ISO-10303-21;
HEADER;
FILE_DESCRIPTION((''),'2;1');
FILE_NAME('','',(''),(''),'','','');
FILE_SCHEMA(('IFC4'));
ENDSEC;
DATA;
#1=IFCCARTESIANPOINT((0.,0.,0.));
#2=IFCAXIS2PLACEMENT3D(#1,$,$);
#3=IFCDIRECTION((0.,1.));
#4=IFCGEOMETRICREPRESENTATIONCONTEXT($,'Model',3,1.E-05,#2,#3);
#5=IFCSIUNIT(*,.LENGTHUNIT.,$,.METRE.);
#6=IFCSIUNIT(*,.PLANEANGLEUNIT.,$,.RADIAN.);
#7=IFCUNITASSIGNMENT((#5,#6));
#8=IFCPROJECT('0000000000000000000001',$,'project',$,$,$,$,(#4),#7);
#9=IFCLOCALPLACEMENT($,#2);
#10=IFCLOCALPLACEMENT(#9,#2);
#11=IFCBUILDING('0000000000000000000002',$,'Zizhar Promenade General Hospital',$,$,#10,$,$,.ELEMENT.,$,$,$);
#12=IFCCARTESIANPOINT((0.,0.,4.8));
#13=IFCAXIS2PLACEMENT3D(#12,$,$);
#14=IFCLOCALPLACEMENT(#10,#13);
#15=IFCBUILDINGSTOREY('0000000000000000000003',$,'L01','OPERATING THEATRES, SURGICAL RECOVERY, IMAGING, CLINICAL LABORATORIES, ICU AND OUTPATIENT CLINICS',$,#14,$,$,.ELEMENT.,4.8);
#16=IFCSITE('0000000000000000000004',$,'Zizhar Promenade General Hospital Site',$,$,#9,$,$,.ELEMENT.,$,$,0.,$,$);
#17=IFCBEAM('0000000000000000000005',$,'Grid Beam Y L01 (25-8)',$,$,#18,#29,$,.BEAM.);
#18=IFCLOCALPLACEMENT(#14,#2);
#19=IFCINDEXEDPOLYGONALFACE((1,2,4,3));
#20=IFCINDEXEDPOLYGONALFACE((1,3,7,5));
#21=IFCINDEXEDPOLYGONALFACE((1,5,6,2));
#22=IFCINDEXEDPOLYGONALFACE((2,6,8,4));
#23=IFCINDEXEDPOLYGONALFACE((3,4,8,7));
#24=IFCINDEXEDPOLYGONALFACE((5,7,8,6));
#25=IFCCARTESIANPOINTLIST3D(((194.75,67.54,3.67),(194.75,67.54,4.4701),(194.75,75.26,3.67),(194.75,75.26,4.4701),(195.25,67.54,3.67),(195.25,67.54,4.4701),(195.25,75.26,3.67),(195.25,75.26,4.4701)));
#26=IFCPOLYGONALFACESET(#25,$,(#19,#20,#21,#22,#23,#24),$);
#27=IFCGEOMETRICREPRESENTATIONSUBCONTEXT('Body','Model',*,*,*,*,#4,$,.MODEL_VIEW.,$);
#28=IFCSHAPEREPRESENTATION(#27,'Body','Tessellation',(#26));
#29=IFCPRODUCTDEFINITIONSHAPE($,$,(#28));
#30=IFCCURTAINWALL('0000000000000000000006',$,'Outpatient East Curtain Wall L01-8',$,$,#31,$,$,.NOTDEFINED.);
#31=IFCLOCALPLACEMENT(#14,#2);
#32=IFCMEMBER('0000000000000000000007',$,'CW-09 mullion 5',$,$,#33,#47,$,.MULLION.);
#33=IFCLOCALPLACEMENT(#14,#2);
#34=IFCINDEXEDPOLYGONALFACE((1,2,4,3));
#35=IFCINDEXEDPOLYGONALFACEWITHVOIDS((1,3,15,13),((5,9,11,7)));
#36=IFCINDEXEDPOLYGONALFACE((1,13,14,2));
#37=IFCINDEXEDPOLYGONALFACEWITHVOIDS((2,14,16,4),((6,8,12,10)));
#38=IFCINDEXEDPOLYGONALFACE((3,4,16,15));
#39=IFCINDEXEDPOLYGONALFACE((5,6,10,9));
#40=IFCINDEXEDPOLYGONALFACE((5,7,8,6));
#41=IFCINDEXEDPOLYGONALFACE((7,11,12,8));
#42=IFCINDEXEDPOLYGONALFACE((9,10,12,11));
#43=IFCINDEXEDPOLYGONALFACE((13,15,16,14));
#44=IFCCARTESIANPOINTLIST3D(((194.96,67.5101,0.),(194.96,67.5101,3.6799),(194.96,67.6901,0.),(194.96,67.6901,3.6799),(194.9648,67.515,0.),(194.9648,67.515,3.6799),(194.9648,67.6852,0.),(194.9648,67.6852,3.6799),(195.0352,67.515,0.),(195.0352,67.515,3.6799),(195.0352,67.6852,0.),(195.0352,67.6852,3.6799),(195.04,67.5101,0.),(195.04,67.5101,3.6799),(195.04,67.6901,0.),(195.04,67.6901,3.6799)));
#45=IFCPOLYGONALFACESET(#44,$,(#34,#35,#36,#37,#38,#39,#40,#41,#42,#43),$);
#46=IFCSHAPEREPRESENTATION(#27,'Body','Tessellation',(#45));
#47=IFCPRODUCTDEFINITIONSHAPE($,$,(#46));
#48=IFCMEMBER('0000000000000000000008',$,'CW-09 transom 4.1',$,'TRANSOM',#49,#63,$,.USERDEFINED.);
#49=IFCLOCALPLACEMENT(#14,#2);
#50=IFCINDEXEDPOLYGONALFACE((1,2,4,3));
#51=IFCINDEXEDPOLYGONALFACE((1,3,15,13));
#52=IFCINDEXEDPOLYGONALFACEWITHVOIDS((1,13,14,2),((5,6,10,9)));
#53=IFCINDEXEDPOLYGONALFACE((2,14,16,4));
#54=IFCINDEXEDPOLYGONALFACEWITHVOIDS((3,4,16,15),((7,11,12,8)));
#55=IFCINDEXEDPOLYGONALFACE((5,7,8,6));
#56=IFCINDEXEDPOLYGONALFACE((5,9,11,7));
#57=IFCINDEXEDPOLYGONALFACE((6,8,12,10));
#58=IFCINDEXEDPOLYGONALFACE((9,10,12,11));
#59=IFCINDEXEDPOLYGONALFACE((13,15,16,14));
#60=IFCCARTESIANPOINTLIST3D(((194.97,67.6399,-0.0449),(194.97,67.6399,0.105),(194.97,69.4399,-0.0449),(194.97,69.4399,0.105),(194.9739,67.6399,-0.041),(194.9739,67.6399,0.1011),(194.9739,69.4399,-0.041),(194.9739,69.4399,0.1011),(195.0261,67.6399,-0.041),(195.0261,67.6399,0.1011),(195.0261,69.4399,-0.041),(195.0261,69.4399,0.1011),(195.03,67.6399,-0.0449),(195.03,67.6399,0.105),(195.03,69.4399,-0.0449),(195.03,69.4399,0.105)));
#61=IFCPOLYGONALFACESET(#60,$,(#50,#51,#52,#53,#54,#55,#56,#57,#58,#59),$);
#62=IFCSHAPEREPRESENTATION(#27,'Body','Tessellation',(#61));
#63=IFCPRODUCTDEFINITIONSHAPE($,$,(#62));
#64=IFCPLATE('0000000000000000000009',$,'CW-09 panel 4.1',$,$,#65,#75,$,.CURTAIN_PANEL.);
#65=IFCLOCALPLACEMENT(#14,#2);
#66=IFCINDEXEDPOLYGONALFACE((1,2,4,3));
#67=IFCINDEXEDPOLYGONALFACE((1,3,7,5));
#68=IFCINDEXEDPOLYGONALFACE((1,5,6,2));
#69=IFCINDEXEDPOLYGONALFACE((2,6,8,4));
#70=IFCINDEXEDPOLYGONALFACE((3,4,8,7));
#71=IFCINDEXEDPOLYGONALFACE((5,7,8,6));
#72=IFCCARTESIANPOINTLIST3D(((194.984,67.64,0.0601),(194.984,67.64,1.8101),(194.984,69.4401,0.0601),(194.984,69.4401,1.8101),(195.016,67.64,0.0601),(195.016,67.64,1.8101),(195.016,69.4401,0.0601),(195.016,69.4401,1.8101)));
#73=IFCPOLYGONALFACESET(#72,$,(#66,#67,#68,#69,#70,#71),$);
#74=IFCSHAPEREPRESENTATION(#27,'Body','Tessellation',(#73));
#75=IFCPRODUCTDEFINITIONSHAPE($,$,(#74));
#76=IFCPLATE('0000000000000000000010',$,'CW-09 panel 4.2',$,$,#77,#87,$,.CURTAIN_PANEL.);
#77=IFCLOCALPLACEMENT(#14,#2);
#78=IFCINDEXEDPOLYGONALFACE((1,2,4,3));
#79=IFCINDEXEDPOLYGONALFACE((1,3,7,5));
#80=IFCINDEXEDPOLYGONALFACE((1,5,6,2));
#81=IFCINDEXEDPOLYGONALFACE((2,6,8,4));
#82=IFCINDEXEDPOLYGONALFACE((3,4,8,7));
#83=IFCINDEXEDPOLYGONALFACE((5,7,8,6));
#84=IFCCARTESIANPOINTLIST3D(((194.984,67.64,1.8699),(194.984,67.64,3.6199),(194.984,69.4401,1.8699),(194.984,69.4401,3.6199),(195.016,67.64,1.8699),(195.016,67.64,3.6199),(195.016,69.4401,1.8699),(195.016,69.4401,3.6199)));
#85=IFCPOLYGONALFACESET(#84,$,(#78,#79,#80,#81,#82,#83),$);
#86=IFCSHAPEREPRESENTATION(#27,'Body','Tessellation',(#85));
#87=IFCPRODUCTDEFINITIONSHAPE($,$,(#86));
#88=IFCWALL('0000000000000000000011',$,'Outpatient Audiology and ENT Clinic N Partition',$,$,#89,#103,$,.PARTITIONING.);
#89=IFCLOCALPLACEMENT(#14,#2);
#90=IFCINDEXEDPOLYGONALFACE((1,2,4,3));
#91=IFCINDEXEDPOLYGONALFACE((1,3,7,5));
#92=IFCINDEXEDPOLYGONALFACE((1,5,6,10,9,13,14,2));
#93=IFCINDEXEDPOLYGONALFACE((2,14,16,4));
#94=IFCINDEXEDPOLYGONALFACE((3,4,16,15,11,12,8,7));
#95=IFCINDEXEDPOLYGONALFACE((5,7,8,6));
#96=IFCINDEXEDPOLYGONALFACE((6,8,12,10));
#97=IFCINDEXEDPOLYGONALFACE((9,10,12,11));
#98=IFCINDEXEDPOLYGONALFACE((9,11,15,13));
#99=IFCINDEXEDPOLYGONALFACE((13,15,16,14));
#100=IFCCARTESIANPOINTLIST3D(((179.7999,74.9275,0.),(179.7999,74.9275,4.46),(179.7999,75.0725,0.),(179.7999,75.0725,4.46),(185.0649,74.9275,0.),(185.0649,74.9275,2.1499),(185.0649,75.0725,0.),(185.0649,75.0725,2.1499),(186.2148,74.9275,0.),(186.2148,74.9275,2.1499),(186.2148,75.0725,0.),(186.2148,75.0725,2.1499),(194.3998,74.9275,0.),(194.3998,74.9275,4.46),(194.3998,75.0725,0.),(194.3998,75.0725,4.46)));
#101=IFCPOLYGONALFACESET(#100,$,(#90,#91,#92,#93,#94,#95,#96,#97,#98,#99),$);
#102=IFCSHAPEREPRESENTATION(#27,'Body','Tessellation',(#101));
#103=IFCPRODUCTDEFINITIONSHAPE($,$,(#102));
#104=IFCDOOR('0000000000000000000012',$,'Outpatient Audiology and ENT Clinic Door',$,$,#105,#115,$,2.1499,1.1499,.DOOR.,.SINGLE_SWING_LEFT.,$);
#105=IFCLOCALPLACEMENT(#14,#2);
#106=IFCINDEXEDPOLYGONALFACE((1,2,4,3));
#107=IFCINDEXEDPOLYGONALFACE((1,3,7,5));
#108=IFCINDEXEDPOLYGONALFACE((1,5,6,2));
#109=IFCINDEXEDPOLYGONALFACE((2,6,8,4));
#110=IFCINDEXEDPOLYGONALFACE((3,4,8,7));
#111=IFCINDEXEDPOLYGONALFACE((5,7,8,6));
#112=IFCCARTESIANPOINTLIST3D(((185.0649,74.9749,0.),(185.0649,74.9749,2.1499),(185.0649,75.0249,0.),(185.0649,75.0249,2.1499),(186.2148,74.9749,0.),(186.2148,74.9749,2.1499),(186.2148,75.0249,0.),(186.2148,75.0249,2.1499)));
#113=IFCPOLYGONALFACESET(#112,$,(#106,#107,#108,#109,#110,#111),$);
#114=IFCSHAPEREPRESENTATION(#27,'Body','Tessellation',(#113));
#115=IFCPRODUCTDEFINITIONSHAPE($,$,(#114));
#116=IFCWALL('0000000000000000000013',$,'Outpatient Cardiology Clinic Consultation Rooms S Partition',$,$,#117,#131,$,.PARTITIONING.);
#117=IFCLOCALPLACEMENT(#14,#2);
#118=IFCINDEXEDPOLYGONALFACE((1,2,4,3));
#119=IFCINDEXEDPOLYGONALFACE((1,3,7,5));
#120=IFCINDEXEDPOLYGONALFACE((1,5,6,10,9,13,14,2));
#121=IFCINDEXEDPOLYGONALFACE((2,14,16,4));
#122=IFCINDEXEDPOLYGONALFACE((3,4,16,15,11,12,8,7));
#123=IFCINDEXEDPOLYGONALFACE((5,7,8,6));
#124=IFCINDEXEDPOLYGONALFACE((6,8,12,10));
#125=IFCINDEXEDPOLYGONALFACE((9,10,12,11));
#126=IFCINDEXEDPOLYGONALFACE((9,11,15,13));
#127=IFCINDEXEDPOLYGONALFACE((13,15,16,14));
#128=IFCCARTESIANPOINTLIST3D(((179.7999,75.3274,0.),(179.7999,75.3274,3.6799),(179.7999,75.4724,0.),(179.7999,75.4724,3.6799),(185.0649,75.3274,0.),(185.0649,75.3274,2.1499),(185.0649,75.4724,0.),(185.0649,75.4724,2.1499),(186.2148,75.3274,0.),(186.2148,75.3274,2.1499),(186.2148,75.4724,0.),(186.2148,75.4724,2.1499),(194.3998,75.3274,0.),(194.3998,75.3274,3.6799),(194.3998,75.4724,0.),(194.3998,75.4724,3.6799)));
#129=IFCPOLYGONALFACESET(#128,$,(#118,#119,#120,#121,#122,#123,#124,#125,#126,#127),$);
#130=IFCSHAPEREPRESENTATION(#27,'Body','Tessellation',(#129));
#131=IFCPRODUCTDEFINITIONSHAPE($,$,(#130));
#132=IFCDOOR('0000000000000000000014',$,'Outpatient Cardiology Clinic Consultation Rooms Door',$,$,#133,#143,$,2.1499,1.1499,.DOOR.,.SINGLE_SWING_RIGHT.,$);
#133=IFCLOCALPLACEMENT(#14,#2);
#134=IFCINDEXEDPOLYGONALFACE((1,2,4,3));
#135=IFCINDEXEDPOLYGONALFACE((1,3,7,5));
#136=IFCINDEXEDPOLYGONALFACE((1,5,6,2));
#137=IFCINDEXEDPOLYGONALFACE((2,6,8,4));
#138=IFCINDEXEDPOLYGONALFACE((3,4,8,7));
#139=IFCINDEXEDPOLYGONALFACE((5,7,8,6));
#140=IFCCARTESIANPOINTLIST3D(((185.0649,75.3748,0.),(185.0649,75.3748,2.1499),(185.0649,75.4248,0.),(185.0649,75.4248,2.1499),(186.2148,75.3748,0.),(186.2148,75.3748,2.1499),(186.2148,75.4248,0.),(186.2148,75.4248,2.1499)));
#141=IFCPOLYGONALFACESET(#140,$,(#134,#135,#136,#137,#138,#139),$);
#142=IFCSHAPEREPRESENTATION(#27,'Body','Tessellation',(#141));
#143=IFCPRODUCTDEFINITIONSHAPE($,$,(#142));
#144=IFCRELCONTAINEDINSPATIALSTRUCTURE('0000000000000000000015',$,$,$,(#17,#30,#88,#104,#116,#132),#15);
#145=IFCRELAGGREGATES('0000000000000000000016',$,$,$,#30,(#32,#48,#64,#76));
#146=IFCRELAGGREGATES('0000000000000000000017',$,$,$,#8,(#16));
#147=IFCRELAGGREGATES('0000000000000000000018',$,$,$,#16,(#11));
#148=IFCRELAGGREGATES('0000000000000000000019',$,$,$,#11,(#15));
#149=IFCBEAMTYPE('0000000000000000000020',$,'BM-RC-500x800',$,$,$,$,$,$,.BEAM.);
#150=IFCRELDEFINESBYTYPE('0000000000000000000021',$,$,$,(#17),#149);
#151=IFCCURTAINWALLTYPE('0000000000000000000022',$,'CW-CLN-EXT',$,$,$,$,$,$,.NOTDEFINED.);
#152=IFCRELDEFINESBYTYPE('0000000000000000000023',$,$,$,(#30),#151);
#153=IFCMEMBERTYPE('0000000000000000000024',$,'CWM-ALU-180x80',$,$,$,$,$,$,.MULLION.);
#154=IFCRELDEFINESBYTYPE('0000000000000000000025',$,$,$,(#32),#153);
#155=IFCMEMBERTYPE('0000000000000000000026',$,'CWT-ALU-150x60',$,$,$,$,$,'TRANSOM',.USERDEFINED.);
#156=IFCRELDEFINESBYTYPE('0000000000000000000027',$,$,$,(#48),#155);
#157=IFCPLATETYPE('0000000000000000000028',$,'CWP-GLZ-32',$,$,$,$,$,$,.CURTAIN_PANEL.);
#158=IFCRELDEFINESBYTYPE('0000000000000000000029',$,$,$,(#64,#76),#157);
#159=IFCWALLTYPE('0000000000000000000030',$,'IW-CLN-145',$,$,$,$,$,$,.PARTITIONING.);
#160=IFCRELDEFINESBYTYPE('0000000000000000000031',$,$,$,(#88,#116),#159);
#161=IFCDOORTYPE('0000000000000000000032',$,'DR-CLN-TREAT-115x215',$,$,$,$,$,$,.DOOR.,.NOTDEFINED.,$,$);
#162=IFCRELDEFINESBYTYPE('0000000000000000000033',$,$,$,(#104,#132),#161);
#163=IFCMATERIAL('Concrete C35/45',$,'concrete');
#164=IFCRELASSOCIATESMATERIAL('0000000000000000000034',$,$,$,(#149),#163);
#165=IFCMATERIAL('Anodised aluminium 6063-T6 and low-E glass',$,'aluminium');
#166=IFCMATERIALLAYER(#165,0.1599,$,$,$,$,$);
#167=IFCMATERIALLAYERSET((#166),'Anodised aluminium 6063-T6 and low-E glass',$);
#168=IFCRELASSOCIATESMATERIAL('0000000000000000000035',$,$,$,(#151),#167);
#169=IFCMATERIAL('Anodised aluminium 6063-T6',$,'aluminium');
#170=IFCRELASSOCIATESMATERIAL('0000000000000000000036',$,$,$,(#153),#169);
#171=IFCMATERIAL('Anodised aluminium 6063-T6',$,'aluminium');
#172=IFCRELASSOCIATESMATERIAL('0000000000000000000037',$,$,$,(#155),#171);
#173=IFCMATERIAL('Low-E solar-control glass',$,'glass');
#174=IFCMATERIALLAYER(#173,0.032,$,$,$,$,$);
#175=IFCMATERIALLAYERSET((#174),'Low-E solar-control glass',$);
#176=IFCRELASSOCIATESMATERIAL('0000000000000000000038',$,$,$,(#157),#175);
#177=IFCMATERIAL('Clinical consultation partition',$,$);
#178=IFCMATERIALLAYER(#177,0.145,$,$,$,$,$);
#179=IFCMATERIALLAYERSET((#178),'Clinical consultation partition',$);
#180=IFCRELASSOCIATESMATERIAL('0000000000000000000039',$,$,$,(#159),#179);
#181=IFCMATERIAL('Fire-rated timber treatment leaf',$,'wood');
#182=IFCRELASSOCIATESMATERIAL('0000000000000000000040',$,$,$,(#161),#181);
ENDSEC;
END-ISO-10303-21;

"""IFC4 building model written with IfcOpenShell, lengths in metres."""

from ifc_helpers import new_model, si_unit, direction, frame, frame_2d, origin, origin_2d, place, context, subcontext, project, spatial, rectangle, hollow_rectangle, extrude, material, layer, layer_set, material_profile, profile_set, type_object, element, fill, aggregate, save


model = new_model("IFC4")

# Units and contexts
model_context = context("Model", 3, precision=1e-05, world=origin(), true_north=direction((0.0, 1.0)))
body_context = subcontext(model_context, "Body", "Model", "MODEL_VIEW")
ifc_project = project(units=[si_unit("LENGTHUNIT", "METRE"), si_unit("PLANEANGLEUNIT", "RADIAN")], contexts=[model_context])

# Site, building, storey
site_placement = place(None, origin())
site = spatial("IfcSite", under=ifc_project, at=site_placement, Name="Zizhar Promenade General Hospital Site", CompositionType="ELEMENT", RefElevation=0.0)
building_placement = place(site_placement, origin())
building = spatial("IfcBuilding", under=site, at=building_placement, Name="Zizhar Promenade General Hospital", CompositionType="ELEMENT")
storey_placement = place(building_placement, frame((0.0, 0.0, 4.8)))
storey = spatial("IfcBuildingStorey", under=building, at=storey_placement, Name="L01", Description="OPERATING THEATRES, SURGICAL RECOVERY, IMAGING, CLINICAL LABORATORIES, ICU AND OUTPATIENT CLINICS", CompositionType="ELEMENT", Elevation=4.8)

# Beam
ifc_material_1 = material(Name="Concrete C35/45", Category="concrete")
ifc_material_profile_1 = material_profile(ifc_material_1, rectangle(XDim=0.5, YDim=0.8, at=origin_2d()))
ifc_profile_set_1 = profile_set([ifc_material_profile_1], Name="Concrete C35/45")
beam_type_1 = type_object("IfcBeamType", Name="BM-RC-500x800", PredefinedType="BEAM", material=ifc_profile_set_1)
for number, where, z_axis, x_axis, name in (
    (1, (195.0, 67.54, 4.0701), (0.0, 1.0, 0.0), (-1.0, 0.0, 0.0), "Grid Beam Y L01 (25-8)"),
):
    element("IfcBeam", number, at=place(storey_placement, frame(where, z_axis=z_axis, x_axis=x_axis)), inside=storey, type_object=beam_type_1, Name=name, PredefinedType="BEAM", context=body_context, shape_type="SweptSolid", body=[
        extrude(rectangle(XDim=0.5, YDim=0.8, at=origin_2d()), origin(), (0.0, 0.0, 1.0), 7.72),
    ])

# Curtain wall, members, plates
ifc_material_2 = material(Name="Anodised aluminium 6063-T6 and low-E glass", Category="aluminium")
ifc_layer_1 = layer(ifc_material_2, 0.1599)
ifc_layer_set_1 = layer_set([ifc_layer_1], Name="Anodised aluminium 6063-T6 and low-E glass")
curtain_wall_type = type_object("IfcCurtainWallType", Name="CW-CLN-EXT", PredefinedType="NOTDEFINED", material=ifc_layer_set_1)
curtain_wall_placement = place(storey_placement, origin())
curtain_wall = element("IfcCurtainWall", 2, at=curtain_wall_placement, inside=storey, type_object=curtain_wall_type, Name="Outpatient East Curtain Wall L01-8", PredefinedType="NOTDEFINED")
ifc_material_3 = material(Name="Anodised aluminium 6063-T6", Category="aluminium")
ifc_material_profile_2 = material_profile(ifc_material_3, hollow_rectangle(XDim=0.0801, YDim=0.1799, WallThickness=0.0049, at=origin_2d()))
ifc_profile_set_2 = profile_set([ifc_material_profile_2], Name="Anodised aluminium 6063-T6")
member_type_1 = type_object("IfcMemberType", Name="CWM-ALU-180x80", PredefinedType="MULLION", material=ifc_profile_set_2)
member_1_placement = place(storey_placement, frame((195.0, 67.6001, 0.0), z_axis=(0.0, 0.0, 1.0), x_axis=(1.0, 0.0, 0.0)))
member_1 = element("IfcMember", 3, at=member_1_placement, type_object=member_type_1, Name="CW-09 mullion 5", PredefinedType="MULLION", context=body_context, shape_type="SweptSolid", body=[
    extrude(hollow_rectangle(XDim=0.0801, YDim=0.1799, WallThickness=0.0049, at=origin_2d()), origin(), (0.0, 0.0, 1.0), 3.6799),
])
ifc_material_4 = material(Name="Anodised aluminium 6063-T6", Category="aluminium")
ifc_material_profile_3 = material_profile(ifc_material_4, hollow_rectangle(XDim=0.0601, YDim=0.1499, WallThickness=0.0039, at=origin_2d()))
ifc_profile_set_3 = profile_set([ifc_material_profile_3], Name="Anodised aluminium 6063-T6")
member_type_2 = type_object("IfcMemberType", Name="CWT-ALU-150x60", ElementType="TRANSOM", PredefinedType="USERDEFINED", material=ifc_profile_set_3)
member_2_placement = place(storey_placement, frame((195.0, 69.4399, 0.03), z_axis=(0.0, -1.0, 0.0), x_axis=(1.0, 0.0, 0.0)))
member_2 = element("IfcMember", 4, at=member_2_placement, type_object=member_type_2, Name="CW-09 transom 4.1", ObjectType="TRANSOM", PredefinedType="USERDEFINED", context=body_context, shape_type="SweptSolid", body=[
    extrude(hollow_rectangle(XDim=0.0601, YDim=0.1499, WallThickness=0.0039, at=origin_2d()), origin(), (0.0, 0.0, 1.0), 1.8),
])
ifc_material_5 = material(Name="Low-E solar-control glass", Category="glass")
ifc_layer_2 = layer(ifc_material_5, 0.032)
ifc_layer_set_2 = layer_set([ifc_layer_2], Name="Low-E solar-control glass")
plate_type = type_object("IfcPlateType", Name="CWP-GLZ-32", PredefinedType="CURTAIN_PANEL", material=ifc_layer_set_2)
plate_1_placement = place(storey_placement, frame((195.0, 68.54, 0.0601), z_axis=(0.0, 0.0, 1.0), x_axis=(0.0, -1.0, 0.0)))
plate_1 = element("IfcPlate", 5, at=plate_1_placement, type_object=plate_type, Name="CW-09 panel 4.1", PredefinedType="CURTAIN_PANEL", context=body_context, shape_type="SweptSolid", body=[
    extrude(rectangle(XDim=1.8, YDim=0.032, at=origin_2d()), origin(), (0.0, 0.0, 1.0), 1.75),
])
plate_2_placement = place(storey_placement, frame((195.0, 68.54, 1.8699), z_axis=(0.0, 0.0, 1.0), x_axis=(0.0, -1.0, 0.0)))
plate_2 = element("IfcPlate", 6, at=plate_2_placement, type_object=plate_type, Name="CW-09 panel 4.2", PredefinedType="CURTAIN_PANEL", context=body_context, shape_type="SweptSolid", body=[
    extrude(rectangle(XDim=1.8, YDim=0.032, at=origin_2d()), origin(), (0.0, 0.0, 1.0), 1.75),
])
aggregate(curtain_wall, [member_1, member_2, plate_1, plate_2])

# Walls, openings, doors
ifc_material_6 = material(Name="Clinical consultation partition")
ifc_layer_3 = layer(ifc_material_6, 0.145)
ifc_layer_set_3 = layer_set([ifc_layer_3], Name="Clinical consultation partition")
wall_type = type_object("IfcWallType", Name="IW-CLN-145", PredefinedType="PARTITIONING", material=ifc_layer_set_3)
wall_1_placement = place(storey_placement, frame((179.8, 75.0, 0.0), z_axis=(0.0, 0.0, 1.0), x_axis=(1.0, 0.0, 0.0)))
wall_1 = element("IfcWall", 7, at=wall_1_placement, inside=storey, type_object=wall_type, Name="Outpatient Audiology and ENT Clinic N Partition", PredefinedType="PARTITIONING", context=body_context, shape_type="SweptSolid", body=[
    extrude(rectangle(XDim=14.5999, YDim=0.145, at=frame_2d((7.2998, 0.0))), origin(), (0.0, 0.0, 1.0), 4.46),
])
opening_1_placement = place(wall_1_placement, frame((5.2649, 0.0, 0.0)))
opening_1 = element("IfcOpeningElement", 8, at=opening_1_placement, cuts=wall_1, PredefinedType="OPENING", context=body_context, shape_type="SweptSolid", body=[
    extrude(rectangle(XDim=1.1499, YDim=2.1499, at=frame_2d((0.575, 1.075))), frame((0.0, 0.0825, 0.0), z_axis=(0.0, -1.0, 0.0), x_axis=(1.0, 0.0, 0.0)), (0.0, 0.0, 1.0), 0.165),
])
ifc_material_7 = material(Name="Fire-rated timber treatment leaf", Category="wood")
door_type = type_object("IfcDoorType", Name="DR-CLN-TREAT-115x215", OperationType="NOTDEFINED", PredefinedType="DOOR", material=ifc_material_7)
door_1_placement = place(opening_1_placement, origin())
door_1 = element("IfcDoor", 9, at=door_1_placement, inside=storey, type_object=door_type, Name="Outpatient Audiology and ENT Clinic Door", OperationType="SINGLE_SWING_LEFT", OverallHeight=2.1499, OverallWidth=1.1499, PredefinedType="DOOR", context=body_context, shape_type="SweptSolid", body=[
    extrude(rectangle(XDim=1.1499, YDim=2.1499, at=frame_2d((0.575, 1.075))), frame((0.0, 0.0249, 0.0), z_axis=(0.0, -1.0, 0.0), x_axis=(1.0, 0.0, 0.0)), (0.0, 0.0, 1.0), 0.05),
])
fill(opening_1, door_1)
wall_2_placement = place(storey_placement, frame((179.8, 75.3999, 0.0), z_axis=(0.0, 0.0, 1.0), x_axis=(1.0, 0.0, 0.0)))
wall_2 = element("IfcWall", 10, at=wall_2_placement, inside=storey, type_object=wall_type, Name="Outpatient Cardiology Clinic Consultation Rooms S Partition", PredefinedType="PARTITIONING", context=body_context, shape_type="SweptSolid", body=[
    extrude(rectangle(XDim=14.5999, YDim=0.145, at=frame_2d((7.2998, 0.0))), origin(), (0.0, 0.0, 1.0), 3.6799),
])
opening_2_placement = place(wall_2_placement, frame((5.2649, 0.0, 0.0)))
opening_2 = element("IfcOpeningElement", 11, at=opening_2_placement, cuts=wall_2, PredefinedType="OPENING", context=body_context, shape_type="SweptSolid", body=[
    extrude(rectangle(XDim=1.1499, YDim=2.1499, at=frame_2d((0.575, 1.075))), frame((0.0, 0.0825, 0.0), z_axis=(0.0, -1.0, 0.0), x_axis=(1.0, 0.0, 0.0)), (0.0, 0.0, 1.0), 0.165),
])
door_2_placement = place(opening_2_placement, origin())
door_2 = element("IfcDoor", 12, at=door_2_placement, inside=storey, type_object=door_type, Name="Outpatient Cardiology Clinic Consultation Rooms Door", OperationType="SINGLE_SWING_RIGHT", OverallHeight=2.1499, OverallWidth=1.1499, PredefinedType="DOOR", context=body_context, shape_type="SweptSolid", body=[
    extrude(rectangle(XDim=1.1499, YDim=2.1499, at=frame_2d((0.575, 1.075))), frame((0.0, 0.0249, 0.0), z_axis=(0.0, -1.0, 0.0), x_axis=(1.0, 0.0, 0.0)), (0.0, 0.0, 1.0), 0.05),
])
fill(opening_2, door_2)

save(model, "model.ifc")
